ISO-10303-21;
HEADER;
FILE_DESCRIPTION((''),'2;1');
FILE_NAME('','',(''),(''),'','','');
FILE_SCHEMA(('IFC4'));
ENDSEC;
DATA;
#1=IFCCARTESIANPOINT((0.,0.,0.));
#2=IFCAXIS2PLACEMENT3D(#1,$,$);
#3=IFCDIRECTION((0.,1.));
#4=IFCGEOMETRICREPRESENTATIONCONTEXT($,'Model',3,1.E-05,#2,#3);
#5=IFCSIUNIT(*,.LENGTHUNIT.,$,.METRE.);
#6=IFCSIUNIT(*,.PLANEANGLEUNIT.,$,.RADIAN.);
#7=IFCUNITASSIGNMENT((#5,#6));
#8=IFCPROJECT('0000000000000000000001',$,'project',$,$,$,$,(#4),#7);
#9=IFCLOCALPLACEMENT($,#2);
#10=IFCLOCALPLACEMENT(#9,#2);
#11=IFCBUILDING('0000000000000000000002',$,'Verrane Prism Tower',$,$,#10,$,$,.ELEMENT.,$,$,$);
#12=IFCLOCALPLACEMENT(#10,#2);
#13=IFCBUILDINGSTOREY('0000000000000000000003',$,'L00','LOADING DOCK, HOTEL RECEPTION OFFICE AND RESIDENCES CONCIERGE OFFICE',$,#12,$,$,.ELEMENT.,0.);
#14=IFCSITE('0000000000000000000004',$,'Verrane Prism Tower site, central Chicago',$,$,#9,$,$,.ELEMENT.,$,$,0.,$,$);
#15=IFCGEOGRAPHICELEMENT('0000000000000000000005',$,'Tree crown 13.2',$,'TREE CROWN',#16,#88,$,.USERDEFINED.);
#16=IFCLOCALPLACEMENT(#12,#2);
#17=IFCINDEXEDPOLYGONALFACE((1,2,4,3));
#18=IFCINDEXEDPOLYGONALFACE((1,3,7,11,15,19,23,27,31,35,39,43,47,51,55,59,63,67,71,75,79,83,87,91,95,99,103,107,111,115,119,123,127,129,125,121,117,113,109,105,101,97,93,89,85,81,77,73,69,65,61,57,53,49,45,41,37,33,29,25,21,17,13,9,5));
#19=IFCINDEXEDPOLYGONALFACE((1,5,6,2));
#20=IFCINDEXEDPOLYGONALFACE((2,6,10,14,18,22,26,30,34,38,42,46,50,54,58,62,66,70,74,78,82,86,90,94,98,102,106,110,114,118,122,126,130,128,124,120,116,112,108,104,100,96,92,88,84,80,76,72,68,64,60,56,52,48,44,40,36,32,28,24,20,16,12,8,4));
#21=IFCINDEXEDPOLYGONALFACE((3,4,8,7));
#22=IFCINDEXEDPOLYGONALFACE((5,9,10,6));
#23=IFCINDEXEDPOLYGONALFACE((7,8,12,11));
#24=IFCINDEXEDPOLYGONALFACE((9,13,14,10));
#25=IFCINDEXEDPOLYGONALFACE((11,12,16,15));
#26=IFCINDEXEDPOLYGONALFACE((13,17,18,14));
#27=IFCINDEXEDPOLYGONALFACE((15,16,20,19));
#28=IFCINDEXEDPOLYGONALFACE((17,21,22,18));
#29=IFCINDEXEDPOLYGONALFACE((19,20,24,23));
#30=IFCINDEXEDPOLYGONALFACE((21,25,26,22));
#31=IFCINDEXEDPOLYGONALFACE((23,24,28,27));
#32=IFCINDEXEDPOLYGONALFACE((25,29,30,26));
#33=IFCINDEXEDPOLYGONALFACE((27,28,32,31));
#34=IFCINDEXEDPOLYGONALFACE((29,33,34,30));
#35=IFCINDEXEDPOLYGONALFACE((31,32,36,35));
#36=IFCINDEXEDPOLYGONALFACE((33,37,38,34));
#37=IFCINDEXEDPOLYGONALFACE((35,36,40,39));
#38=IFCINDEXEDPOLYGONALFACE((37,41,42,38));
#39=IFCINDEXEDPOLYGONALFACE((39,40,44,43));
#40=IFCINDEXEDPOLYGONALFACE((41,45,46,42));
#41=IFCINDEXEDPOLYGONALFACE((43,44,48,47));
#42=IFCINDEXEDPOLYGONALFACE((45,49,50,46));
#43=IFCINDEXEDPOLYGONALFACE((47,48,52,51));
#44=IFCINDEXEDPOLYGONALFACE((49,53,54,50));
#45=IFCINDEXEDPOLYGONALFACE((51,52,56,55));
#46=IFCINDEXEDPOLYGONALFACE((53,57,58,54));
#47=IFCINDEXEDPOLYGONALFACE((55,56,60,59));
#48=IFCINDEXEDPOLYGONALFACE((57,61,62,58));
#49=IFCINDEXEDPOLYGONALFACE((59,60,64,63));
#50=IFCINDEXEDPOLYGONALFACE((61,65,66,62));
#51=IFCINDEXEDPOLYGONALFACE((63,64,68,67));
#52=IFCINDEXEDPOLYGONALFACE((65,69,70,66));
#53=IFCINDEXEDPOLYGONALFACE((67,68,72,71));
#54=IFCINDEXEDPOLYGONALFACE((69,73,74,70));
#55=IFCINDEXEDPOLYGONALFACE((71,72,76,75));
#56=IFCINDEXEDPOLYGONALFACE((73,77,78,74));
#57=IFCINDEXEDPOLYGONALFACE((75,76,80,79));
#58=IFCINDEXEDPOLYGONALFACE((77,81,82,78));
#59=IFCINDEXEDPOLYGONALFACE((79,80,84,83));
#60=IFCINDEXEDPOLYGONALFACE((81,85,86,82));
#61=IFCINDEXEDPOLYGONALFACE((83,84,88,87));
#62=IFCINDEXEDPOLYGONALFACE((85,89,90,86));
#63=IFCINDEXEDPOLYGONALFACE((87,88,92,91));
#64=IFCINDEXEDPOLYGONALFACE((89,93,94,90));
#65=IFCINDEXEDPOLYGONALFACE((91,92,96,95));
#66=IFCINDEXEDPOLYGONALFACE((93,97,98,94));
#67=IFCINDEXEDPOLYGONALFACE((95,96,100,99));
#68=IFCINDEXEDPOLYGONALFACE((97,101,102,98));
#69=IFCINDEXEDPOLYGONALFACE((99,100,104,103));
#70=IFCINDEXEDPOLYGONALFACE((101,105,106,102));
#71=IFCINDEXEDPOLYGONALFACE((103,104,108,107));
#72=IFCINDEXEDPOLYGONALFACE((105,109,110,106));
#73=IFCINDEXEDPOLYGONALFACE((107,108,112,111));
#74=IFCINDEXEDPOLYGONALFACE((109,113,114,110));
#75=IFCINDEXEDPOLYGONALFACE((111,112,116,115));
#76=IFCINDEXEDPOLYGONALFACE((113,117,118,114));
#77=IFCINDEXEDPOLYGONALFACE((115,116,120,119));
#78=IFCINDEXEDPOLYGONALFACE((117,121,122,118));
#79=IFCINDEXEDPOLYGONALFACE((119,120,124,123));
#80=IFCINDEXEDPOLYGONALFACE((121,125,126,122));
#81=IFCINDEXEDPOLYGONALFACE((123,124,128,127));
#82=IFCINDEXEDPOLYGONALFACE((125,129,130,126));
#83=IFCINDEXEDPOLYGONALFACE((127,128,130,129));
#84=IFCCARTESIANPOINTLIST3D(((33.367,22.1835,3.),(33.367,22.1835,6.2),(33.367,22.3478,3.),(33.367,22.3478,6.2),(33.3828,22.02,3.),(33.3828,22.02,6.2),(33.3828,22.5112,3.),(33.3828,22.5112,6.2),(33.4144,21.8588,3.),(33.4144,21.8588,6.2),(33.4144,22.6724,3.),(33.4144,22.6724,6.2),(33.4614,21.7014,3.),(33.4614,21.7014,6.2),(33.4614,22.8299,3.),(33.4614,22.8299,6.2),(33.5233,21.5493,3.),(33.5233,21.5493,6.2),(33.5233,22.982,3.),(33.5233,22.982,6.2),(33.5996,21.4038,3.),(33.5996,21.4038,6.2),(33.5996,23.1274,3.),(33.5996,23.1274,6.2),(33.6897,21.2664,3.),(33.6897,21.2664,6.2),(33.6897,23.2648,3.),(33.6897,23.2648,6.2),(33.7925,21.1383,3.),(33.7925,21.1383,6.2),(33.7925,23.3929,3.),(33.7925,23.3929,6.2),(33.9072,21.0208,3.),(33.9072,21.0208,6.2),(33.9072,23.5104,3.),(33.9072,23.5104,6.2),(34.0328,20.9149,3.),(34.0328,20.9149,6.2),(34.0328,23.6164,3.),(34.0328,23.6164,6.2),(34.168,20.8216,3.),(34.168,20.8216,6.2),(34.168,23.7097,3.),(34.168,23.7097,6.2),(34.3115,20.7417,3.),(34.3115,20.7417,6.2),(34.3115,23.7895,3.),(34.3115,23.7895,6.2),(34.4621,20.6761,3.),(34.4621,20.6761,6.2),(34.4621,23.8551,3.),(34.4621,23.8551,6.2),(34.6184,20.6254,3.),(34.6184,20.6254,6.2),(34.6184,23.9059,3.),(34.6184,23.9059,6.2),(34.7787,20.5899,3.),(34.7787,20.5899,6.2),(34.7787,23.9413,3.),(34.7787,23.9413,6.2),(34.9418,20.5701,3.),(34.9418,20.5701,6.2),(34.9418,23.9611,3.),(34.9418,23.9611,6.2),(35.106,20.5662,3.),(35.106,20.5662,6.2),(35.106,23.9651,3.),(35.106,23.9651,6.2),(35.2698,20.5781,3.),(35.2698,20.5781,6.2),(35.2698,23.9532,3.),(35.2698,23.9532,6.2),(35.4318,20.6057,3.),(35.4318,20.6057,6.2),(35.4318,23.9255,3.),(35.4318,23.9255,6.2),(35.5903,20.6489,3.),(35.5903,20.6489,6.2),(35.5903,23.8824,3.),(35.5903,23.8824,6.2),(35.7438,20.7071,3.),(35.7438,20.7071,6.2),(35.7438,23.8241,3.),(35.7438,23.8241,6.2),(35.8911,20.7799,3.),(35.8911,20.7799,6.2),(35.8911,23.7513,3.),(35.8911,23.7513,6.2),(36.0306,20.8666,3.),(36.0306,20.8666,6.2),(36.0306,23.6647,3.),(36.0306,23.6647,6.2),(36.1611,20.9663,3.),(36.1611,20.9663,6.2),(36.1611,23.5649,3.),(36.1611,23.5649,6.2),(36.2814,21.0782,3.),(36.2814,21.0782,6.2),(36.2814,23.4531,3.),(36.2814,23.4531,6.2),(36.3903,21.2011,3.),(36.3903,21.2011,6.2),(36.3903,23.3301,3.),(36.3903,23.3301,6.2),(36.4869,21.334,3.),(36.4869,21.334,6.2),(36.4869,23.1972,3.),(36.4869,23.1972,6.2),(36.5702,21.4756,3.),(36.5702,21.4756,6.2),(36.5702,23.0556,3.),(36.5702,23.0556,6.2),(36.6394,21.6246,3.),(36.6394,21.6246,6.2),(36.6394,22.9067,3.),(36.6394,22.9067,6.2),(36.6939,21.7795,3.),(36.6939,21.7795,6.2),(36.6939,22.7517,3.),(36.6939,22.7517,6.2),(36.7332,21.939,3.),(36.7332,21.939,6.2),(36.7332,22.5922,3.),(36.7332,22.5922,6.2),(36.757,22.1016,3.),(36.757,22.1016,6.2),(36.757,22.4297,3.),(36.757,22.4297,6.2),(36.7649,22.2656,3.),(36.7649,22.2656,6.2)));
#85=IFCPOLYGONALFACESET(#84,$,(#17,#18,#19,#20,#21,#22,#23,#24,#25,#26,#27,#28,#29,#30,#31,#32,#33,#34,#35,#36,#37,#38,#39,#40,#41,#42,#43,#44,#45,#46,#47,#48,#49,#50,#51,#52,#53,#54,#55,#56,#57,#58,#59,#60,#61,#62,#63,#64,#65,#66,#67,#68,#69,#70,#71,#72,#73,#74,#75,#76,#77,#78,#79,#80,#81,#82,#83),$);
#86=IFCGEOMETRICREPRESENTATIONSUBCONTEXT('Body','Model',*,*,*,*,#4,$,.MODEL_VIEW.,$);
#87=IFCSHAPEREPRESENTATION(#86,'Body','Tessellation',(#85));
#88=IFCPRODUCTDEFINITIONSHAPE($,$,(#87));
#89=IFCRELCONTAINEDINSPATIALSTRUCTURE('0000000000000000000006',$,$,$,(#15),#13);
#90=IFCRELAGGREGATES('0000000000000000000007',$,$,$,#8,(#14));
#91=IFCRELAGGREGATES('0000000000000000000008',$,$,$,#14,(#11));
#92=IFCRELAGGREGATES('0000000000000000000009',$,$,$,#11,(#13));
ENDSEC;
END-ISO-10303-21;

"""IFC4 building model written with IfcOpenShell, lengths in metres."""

from ifc_helpers import new_model, si_unit, direction, frame, origin, origin_2d, place, context, subcontext, project, spatial, circle, extrude, element, save


model = new_model("IFC4")

# Units and contexts
model_context = context("Model", 3, precision=1e-05, world=origin(), true_north=direction((0.0, 1.0)))
body_context = subcontext(model_context, "Body", "Model", "MODEL_VIEW")
ifc_project = project(units=[si_unit("LENGTHUNIT", "METRE"), si_unit("PLANEANGLEUNIT", "RADIAN")], contexts=[model_context])

# Site, building, storey
site_placement = place(None, origin())
site = spatial("IfcSite", under=ifc_project, at=site_placement, Name="Verrane Prism Tower site, central Chicago", CompositionType="ELEMENT", RefElevation=0.0)
building_placement = place(site_placement, origin())
building = spatial("IfcBuilding", under=site, at=building_placement, Name="Verrane Prism Tower", CompositionType="ELEMENT")
storey_placement = place(building_placement, origin())
storey = spatial("IfcBuildingStorey", under=building, at=storey_placement, Name="L00", Description="LOADING DOCK, HOTEL RECEPTION OFFICE AND RESIDENCES CONCIERGE OFFICE", CompositionType="ELEMENT", Elevation=0.0)

# Geographic element
geographic_element_1_placement = place(storey_placement, frame((35.0649, 22.2656, 6.2), z_axis=(0.0, 0.0, -1.0), x_axis=(1.0, 0.0, 0.0)))
element("IfcGeographicElement", 1, at=geographic_element_1_placement, inside=storey, Name="Tree crown 13.2", ObjectType="TREE CROWN", PredefinedType="USERDEFINED", context=body_context, shape_type="SweptSolid", body=[
    extrude(circle(Radius=1.7, at=origin_2d()), origin(), (0.0, 0.0, 1.0), 3.2),
])

save(model, "model.ifc")
